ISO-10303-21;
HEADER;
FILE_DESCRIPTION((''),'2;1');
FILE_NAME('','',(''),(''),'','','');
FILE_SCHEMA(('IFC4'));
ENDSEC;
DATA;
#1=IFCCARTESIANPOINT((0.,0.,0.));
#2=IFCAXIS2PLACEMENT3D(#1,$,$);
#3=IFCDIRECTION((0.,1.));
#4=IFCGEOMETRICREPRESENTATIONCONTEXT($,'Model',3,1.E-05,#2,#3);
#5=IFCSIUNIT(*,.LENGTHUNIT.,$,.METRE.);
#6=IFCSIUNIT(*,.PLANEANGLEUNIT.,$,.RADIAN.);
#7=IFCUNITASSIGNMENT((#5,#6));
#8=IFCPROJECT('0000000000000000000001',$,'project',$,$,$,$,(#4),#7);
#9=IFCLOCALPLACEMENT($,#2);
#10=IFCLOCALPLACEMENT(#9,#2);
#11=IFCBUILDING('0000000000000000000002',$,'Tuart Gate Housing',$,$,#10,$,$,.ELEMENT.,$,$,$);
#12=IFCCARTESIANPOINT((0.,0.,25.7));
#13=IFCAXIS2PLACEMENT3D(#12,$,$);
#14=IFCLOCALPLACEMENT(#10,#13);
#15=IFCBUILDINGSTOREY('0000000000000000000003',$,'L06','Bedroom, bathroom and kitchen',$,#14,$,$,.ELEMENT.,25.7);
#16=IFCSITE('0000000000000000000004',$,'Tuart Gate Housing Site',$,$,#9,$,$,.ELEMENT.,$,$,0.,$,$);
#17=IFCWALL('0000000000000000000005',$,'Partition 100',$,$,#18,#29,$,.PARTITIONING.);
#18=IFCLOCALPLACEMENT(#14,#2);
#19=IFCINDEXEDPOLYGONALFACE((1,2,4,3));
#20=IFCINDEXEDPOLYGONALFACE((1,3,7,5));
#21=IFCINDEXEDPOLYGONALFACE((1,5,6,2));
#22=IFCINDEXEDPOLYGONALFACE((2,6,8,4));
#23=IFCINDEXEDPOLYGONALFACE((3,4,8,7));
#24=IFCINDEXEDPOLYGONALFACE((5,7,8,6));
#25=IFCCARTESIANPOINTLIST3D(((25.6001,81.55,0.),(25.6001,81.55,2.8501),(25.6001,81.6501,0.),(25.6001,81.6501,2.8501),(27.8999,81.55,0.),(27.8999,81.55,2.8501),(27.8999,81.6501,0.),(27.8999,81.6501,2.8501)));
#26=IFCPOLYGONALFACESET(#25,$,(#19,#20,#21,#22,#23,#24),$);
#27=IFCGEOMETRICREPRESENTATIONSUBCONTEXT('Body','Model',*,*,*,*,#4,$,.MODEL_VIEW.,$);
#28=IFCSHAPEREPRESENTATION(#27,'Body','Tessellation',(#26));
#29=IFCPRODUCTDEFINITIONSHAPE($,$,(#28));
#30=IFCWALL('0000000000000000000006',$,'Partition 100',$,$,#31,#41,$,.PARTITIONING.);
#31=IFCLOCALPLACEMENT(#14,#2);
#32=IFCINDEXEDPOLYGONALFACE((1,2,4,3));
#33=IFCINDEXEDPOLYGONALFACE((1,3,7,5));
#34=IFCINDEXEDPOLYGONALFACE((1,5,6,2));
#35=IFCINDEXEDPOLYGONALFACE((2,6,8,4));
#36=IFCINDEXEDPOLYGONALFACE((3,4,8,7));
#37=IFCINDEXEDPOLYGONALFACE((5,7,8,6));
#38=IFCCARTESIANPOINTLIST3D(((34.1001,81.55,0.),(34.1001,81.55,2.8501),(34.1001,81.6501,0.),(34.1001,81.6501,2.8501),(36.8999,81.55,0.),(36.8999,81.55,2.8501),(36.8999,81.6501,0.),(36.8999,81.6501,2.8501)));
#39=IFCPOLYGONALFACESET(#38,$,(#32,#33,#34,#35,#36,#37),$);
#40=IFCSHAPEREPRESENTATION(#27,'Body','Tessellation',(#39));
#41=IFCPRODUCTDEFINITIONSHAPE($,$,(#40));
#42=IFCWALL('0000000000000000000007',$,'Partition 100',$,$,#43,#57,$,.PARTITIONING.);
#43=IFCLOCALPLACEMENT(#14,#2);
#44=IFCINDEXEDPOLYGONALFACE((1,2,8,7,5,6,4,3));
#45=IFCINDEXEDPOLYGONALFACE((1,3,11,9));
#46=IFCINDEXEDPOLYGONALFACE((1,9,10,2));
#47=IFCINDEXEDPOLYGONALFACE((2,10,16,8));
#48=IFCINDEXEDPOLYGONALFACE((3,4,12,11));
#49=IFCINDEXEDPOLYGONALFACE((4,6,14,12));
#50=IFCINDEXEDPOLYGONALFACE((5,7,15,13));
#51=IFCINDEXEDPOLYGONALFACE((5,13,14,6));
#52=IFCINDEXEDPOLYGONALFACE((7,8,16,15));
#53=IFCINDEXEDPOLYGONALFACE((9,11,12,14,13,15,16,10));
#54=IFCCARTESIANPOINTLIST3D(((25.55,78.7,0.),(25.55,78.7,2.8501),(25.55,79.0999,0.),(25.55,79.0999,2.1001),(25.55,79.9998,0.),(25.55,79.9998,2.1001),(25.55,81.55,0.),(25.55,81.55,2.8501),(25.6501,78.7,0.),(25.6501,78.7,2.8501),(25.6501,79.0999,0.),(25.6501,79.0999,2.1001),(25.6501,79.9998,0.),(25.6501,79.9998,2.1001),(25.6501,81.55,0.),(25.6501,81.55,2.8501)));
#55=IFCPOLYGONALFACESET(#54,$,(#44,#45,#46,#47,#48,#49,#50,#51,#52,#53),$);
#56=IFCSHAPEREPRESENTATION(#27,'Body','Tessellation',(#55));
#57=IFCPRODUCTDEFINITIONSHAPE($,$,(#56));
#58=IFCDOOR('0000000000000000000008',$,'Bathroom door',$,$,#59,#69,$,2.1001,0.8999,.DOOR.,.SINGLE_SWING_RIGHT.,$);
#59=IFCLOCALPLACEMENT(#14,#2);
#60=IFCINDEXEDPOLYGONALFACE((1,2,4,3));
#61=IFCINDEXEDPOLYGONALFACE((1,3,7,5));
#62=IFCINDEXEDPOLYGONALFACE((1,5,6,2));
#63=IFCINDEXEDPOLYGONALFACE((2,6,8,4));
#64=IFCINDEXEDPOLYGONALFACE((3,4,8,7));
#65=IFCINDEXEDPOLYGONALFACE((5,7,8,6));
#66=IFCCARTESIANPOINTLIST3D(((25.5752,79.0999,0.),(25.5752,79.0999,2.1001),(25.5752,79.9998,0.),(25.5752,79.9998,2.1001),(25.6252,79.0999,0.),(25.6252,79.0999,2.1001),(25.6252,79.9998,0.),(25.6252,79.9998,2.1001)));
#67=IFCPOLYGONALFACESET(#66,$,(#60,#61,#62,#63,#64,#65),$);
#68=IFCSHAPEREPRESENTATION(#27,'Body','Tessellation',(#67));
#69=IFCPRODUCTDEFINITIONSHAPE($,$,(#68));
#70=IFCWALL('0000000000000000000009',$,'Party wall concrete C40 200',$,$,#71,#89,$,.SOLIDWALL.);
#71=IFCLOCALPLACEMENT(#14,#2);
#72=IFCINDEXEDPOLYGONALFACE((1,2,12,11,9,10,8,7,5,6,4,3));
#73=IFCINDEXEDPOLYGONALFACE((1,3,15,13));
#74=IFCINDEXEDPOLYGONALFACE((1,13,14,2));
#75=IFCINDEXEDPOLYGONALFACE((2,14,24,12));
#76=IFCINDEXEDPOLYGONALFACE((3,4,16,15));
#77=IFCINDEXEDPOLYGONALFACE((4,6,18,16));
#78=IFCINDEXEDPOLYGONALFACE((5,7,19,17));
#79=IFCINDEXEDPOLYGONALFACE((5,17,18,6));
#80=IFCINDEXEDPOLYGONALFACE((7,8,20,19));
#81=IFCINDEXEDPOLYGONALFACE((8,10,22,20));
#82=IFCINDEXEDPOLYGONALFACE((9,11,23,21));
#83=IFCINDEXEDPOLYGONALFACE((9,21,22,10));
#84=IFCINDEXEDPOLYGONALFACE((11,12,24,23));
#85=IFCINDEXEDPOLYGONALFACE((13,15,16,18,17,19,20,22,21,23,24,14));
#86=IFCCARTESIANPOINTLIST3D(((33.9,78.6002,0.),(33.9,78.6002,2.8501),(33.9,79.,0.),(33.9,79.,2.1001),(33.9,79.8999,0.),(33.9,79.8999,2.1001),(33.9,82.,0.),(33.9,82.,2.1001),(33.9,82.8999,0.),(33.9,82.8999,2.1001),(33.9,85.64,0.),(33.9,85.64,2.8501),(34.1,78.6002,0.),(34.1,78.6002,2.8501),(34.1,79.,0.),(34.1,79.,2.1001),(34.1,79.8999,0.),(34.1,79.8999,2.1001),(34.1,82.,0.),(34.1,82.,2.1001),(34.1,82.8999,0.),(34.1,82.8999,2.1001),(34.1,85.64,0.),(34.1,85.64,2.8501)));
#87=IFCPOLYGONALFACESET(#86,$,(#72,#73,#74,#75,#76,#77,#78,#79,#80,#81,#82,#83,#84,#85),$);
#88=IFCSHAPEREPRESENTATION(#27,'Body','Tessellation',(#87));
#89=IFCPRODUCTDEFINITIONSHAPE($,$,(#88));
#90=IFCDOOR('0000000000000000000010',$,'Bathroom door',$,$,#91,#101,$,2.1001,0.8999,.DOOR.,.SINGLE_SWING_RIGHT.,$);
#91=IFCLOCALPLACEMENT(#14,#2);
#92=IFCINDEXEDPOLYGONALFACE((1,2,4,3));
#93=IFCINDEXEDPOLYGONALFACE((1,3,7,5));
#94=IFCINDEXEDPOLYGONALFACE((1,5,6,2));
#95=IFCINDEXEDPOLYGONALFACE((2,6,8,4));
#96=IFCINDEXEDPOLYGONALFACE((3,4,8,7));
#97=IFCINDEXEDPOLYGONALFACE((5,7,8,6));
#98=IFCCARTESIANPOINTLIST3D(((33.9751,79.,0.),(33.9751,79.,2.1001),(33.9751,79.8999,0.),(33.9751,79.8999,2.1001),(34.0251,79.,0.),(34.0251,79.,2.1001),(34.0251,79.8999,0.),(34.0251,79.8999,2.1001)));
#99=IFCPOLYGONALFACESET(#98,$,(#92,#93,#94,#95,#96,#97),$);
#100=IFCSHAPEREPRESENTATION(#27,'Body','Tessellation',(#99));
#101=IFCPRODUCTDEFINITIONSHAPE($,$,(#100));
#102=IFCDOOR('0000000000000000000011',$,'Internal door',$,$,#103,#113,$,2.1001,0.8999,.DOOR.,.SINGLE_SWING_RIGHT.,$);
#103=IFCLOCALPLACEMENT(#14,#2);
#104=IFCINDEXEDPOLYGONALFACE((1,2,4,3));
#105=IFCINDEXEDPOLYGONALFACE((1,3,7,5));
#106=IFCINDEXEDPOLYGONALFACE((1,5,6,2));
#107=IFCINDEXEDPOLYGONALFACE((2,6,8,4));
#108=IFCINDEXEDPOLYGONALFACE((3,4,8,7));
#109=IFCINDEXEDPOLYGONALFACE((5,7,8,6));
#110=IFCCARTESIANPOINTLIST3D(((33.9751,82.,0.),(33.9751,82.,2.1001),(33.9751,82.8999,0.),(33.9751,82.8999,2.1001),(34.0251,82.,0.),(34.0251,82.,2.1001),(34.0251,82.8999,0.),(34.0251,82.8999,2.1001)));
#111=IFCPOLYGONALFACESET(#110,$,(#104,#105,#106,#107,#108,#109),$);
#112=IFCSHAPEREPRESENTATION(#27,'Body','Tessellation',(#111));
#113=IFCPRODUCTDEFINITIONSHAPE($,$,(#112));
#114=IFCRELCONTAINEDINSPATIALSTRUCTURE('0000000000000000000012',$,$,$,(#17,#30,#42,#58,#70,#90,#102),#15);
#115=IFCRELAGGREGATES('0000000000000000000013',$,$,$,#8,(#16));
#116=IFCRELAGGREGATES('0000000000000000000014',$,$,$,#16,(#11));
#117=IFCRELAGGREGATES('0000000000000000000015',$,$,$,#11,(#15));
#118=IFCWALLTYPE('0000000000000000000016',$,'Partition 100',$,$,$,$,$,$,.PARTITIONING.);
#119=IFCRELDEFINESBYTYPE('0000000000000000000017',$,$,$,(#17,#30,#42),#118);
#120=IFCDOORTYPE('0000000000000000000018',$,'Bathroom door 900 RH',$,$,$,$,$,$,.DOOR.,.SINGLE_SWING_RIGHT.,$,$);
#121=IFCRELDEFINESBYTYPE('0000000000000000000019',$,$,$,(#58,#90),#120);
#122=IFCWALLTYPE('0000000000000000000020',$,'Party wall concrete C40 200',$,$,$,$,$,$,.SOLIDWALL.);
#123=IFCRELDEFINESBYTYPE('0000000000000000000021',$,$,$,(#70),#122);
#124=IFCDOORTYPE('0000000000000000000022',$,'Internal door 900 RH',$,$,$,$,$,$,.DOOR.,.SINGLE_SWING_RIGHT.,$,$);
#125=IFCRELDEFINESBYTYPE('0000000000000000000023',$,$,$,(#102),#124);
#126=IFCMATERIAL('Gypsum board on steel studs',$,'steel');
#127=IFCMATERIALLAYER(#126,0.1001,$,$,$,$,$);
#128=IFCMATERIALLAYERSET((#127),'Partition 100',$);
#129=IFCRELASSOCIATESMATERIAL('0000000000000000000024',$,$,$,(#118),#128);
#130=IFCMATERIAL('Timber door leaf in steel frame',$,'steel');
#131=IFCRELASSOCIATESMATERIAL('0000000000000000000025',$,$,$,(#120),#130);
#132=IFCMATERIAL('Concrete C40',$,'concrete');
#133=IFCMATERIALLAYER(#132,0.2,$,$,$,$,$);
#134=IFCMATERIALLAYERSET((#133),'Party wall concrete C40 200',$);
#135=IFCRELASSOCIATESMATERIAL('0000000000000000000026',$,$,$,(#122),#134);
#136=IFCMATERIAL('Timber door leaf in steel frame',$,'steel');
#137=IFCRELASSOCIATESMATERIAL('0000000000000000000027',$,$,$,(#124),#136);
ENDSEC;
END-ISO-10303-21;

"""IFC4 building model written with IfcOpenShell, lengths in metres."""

from ifc_helpers import new_model, si_unit, direction, frame, frame_2d, origin, place, context, subcontext, project, spatial, rectangle, extrude, material, layer, layer_set, type_object, element, fill, save


model = new_model("IFC4")

# Units and contexts
model_context = context("Model", 3, precision=1e-05, world=origin(), true_north=direction((0.0, 1.0)))
body_context = subcontext(model_context, "Body", "Model", "MODEL_VIEW")
ifc_project = project(units=[si_unit("LENGTHUNIT", "METRE"), si_unit("PLANEANGLEUNIT", "RADIAN")], contexts=[model_context])

# Site, building, storey
site_placement = place(None, origin())
site = spatial("IfcSite", under=ifc_project, at=site_placement, Name="Tuart Gate Housing Site", CompositionType="ELEMENT", RefElevation=0.0)
building_placement = place(site_placement, origin())
building = spatial("IfcBuilding", under=site, at=building_placement, Name="Tuart Gate Housing", CompositionType="ELEMENT")
storey_placement = place(building_placement, frame((0.0, 0.0, 25.7)))
storey = spatial("IfcBuildingStorey", under=building, at=storey_placement, Name="L06", Description="Bedroom, bathroom and kitchen", CompositionType="ELEMENT", Elevation=25.7)

# Walls
ifc_material_1 = material(Name="Gypsum board on steel studs", Category="steel")
ifc_layer_1 = layer(ifc_material_1, 0.1001)
ifc_layer_set_1 = layer_set([ifc_layer_1], Name="Partition 100")
wall_type_1 = type_object("IfcWallType", Name="Partition 100", PredefinedType="PARTITIONING", material=ifc_layer_set_1)
wall_1_placement = place(storey_placement, frame((25.6001, 81.6001, 0.0), z_axis=(0.0, 0.0, 1.0), x_axis=(1.0, 0.0, 0.0)))
element("IfcWall", 1, at=wall_1_placement, inside=storey, type_object=wall_type_1, Name="Partition 100", PredefinedType="PARTITIONING", context=body_context, shape_type="SweptSolid", body=[
    extrude(rectangle(XDim=2.2998, YDim=0.1001, at=frame_2d((1.1499, 0.0))), origin(), (0.0, 0.0, 1.0), 2.8501),
])
wall_2_placement = place(storey_placement, frame((34.1001, 81.6001, 0.0), z_axis=(0.0, 0.0, 1.0), x_axis=(1.0, 0.0, 0.0)))
element("IfcWall", 2, at=wall_2_placement, inside=storey, type_object=wall_type_1, Name="Partition 100", PredefinedType="PARTITIONING", context=body_context, shape_type="SweptSolid", body=[
    extrude(rectangle(XDim=2.7998, YDim=0.1001, at=frame_2d((1.3999, 0.0))), origin(), (0.0, 0.0, 1.0), 2.8501),
])

# Wall, opening, door
wall_3_placement = place(storey_placement, frame((25.6001, 78.7, 0.0), z_axis=(0.0, 0.0, 1.0), x_axis=(0.0, 1.0, 0.0)))
wall_3 = element("IfcWall", 3, at=wall_3_placement, inside=storey, type_object=wall_type_1, Name="Partition 100", PredefinedType="PARTITIONING", context=body_context, shape_type="SweptSolid", body=[
    extrude(rectangle(XDim=2.8501, YDim=0.1001, at=frame_2d((1.425, 0.0))), origin(), (0.0, 0.0, 1.0), 2.8501),
])
opening_1_placement = place(wall_3_placement, frame((0.3999, 0.0, 0.0)))
opening_1 = element("IfcOpeningElement", 4, at=opening_1_placement, cuts=wall_3, PredefinedType="OPENING", context=body_context, shape_type="SweptSolid", body=[
    extrude(rectangle(XDim=0.8999, YDim=2.1001, at=frame_2d((0.45, 1.05))), frame((0.0, 0.0601, 0.0), z_axis=(0.0, -1.0, 0.0), x_axis=(1.0, 0.0, 0.0)), (0.0, 0.0, 1.0), 0.1201),
])
ifc_material_2 = material(Name="Timber door leaf in steel frame", Category="steel")
door_type_1 = type_object("IfcDoorType", Name="Bathroom door 900 RH", OperationType="SINGLE_SWING_RIGHT", PredefinedType="DOOR", material=ifc_material_2)
door_1_placement = place(opening_1_placement, frame((0.8999, 0.0, 0.0), z_axis=(0.0, 0.0, 1.0), x_axis=(-1.0, 0.0, 0.0)))
door_1 = element("IfcDoor", 5, at=door_1_placement, inside=storey, type_object=door_type_1, Name="Bathroom door", OperationType="SINGLE_SWING_RIGHT", OverallHeight=2.1001, OverallWidth=0.8999, PredefinedType="DOOR", context=body_context, shape_type="SweptSolid", body=[
    extrude(rectangle(XDim=0.8999, YDim=2.1001, at=frame_2d((0.45, 1.05))), frame((0.0, 0.0251, 0.0), z_axis=(0.0, -1.0, 0.0), x_axis=(1.0, 0.0, 0.0)), (0.0, 0.0, 1.0), 0.05),
])
fill(opening_1, door_1)

# Wall, openings, doors
ifc_material_3 = material(Name="Concrete C40", Category="concrete")
ifc_layer_2 = layer(ifc_material_3, 0.2)
ifc_layer_set_2 = layer_set([ifc_layer_2], Name="Party wall concrete C40 200")
wall_type_2 = type_object("IfcWallType", Name="Party wall concrete C40 200", PredefinedType="SOLIDWALL", material=ifc_layer_set_2)
wall_4_placement = place(storey_placement, frame((34.0, 78.6001, 0.0), z_axis=(0.0, 0.0, 1.0), x_axis=(0.0, 1.0, 0.0)))
wall_4 = element("IfcWall", 6, at=wall_4_placement, inside=storey, type_object=wall_type_2, Name="Party wall concrete C40 200", PredefinedType="SOLIDWALL", context=body_context, shape_type="SweptSolid", body=[
    extrude(rectangle(XDim=7.0398, YDim=0.2, at=frame_2d((3.52, 0.0))), origin(), (0.0, 0.0, 1.0), 2.8501),
])
opening_2_placement = place(wall_4_placement, frame((3.3999, 0.0, 0.0)))
opening_2 = element("IfcOpeningElement", 7, at=opening_2_placement, cuts=wall_4, PredefinedType="OPENING", context=body_context, shape_type="SweptSolid", body=[
    extrude(rectangle(XDim=0.8999, YDim=2.1001, at=frame_2d((0.45, 1.05))), frame((0.0, 0.1099, 0.0), z_axis=(0.0, -1.0, 0.0), x_axis=(1.0, 0.0, 0.0)), (0.0, 0.0, 1.0), 0.22),
])
opening_3_placement = place(wall_4_placement, frame((0.3999, 0.0, 0.0)))
opening_3 = element("IfcOpeningElement", 8, at=opening_3_placement, cuts=wall_4, PredefinedType="OPENING", context=body_context, shape_type="SweptSolid", body=[
    extrude(rectangle(XDim=0.8999, YDim=2.1001, at=frame_2d((0.45, 1.05))), frame((0.0, 0.1099, 0.0), z_axis=(0.0, -1.0, 0.0), x_axis=(1.0, 0.0, 0.0)), (0.0, 0.0, 1.0), 0.22),
])
door_2_placement = place(opening_3_placement, frame((0.8999, 0.0, 0.0), z_axis=(0.0, 0.0, 1.0), x_axis=(-1.0, 0.0, 0.0)))
door_2 = element("IfcDoor", 9, at=door_2_placement, inside=storey, type_object=door_type_1, Name="Bathroom door", OperationType="SINGLE_SWING_RIGHT", OverallHeight=2.1001, OverallWidth=0.8999, PredefinedType="DOOR", context=body_context, shape_type="SweptSolid", body=[
    extrude(rectangle(XDim=0.8999, YDim=2.1001, at=frame_2d((0.45, 1.05))), frame((0.0, 0.0251, 0.0), z_axis=(0.0, -1.0, 0.0), x_axis=(1.0, 0.0, 0.0)), (0.0, 0.0, 1.0), 0.05),
])
fill(opening_3, door_2)
ifc_material_4 = material(Name="Timber door leaf in steel frame", Category="steel")
door_type_2 = type_object("IfcDoorType", Name="Internal door 900 RH", OperationType="SINGLE_SWING_RIGHT", PredefinedType="DOOR", material=ifc_material_4)
door_3_placement = place(opening_2_placement, frame((0.8999, 0.0, 0.0), z_axis=(0.0, 0.0, 1.0), x_axis=(-1.0, 0.0, 0.0)))
door_3 = element("IfcDoor", 10, at=door_3_placement, inside=storey, type_object=door_type_2, Name="Internal door", OperationType="SINGLE_SWING_RIGHT", OverallHeight=2.1001, OverallWidth=0.8999, PredefinedType="DOOR", context=body_context, shape_type="SweptSolid", body=[
    extrude(rectangle(XDim=0.8999, YDim=2.1001, at=frame_2d((0.45, 1.05))), frame((0.0, 0.0251, 0.0), z_axis=(0.0, -1.0, 0.0), x_axis=(1.0, 0.0, 0.0)), (0.0, 0.0, 1.0), 0.05),
])
fill(opening_2, door_3)

save(model, "model.ifc")
